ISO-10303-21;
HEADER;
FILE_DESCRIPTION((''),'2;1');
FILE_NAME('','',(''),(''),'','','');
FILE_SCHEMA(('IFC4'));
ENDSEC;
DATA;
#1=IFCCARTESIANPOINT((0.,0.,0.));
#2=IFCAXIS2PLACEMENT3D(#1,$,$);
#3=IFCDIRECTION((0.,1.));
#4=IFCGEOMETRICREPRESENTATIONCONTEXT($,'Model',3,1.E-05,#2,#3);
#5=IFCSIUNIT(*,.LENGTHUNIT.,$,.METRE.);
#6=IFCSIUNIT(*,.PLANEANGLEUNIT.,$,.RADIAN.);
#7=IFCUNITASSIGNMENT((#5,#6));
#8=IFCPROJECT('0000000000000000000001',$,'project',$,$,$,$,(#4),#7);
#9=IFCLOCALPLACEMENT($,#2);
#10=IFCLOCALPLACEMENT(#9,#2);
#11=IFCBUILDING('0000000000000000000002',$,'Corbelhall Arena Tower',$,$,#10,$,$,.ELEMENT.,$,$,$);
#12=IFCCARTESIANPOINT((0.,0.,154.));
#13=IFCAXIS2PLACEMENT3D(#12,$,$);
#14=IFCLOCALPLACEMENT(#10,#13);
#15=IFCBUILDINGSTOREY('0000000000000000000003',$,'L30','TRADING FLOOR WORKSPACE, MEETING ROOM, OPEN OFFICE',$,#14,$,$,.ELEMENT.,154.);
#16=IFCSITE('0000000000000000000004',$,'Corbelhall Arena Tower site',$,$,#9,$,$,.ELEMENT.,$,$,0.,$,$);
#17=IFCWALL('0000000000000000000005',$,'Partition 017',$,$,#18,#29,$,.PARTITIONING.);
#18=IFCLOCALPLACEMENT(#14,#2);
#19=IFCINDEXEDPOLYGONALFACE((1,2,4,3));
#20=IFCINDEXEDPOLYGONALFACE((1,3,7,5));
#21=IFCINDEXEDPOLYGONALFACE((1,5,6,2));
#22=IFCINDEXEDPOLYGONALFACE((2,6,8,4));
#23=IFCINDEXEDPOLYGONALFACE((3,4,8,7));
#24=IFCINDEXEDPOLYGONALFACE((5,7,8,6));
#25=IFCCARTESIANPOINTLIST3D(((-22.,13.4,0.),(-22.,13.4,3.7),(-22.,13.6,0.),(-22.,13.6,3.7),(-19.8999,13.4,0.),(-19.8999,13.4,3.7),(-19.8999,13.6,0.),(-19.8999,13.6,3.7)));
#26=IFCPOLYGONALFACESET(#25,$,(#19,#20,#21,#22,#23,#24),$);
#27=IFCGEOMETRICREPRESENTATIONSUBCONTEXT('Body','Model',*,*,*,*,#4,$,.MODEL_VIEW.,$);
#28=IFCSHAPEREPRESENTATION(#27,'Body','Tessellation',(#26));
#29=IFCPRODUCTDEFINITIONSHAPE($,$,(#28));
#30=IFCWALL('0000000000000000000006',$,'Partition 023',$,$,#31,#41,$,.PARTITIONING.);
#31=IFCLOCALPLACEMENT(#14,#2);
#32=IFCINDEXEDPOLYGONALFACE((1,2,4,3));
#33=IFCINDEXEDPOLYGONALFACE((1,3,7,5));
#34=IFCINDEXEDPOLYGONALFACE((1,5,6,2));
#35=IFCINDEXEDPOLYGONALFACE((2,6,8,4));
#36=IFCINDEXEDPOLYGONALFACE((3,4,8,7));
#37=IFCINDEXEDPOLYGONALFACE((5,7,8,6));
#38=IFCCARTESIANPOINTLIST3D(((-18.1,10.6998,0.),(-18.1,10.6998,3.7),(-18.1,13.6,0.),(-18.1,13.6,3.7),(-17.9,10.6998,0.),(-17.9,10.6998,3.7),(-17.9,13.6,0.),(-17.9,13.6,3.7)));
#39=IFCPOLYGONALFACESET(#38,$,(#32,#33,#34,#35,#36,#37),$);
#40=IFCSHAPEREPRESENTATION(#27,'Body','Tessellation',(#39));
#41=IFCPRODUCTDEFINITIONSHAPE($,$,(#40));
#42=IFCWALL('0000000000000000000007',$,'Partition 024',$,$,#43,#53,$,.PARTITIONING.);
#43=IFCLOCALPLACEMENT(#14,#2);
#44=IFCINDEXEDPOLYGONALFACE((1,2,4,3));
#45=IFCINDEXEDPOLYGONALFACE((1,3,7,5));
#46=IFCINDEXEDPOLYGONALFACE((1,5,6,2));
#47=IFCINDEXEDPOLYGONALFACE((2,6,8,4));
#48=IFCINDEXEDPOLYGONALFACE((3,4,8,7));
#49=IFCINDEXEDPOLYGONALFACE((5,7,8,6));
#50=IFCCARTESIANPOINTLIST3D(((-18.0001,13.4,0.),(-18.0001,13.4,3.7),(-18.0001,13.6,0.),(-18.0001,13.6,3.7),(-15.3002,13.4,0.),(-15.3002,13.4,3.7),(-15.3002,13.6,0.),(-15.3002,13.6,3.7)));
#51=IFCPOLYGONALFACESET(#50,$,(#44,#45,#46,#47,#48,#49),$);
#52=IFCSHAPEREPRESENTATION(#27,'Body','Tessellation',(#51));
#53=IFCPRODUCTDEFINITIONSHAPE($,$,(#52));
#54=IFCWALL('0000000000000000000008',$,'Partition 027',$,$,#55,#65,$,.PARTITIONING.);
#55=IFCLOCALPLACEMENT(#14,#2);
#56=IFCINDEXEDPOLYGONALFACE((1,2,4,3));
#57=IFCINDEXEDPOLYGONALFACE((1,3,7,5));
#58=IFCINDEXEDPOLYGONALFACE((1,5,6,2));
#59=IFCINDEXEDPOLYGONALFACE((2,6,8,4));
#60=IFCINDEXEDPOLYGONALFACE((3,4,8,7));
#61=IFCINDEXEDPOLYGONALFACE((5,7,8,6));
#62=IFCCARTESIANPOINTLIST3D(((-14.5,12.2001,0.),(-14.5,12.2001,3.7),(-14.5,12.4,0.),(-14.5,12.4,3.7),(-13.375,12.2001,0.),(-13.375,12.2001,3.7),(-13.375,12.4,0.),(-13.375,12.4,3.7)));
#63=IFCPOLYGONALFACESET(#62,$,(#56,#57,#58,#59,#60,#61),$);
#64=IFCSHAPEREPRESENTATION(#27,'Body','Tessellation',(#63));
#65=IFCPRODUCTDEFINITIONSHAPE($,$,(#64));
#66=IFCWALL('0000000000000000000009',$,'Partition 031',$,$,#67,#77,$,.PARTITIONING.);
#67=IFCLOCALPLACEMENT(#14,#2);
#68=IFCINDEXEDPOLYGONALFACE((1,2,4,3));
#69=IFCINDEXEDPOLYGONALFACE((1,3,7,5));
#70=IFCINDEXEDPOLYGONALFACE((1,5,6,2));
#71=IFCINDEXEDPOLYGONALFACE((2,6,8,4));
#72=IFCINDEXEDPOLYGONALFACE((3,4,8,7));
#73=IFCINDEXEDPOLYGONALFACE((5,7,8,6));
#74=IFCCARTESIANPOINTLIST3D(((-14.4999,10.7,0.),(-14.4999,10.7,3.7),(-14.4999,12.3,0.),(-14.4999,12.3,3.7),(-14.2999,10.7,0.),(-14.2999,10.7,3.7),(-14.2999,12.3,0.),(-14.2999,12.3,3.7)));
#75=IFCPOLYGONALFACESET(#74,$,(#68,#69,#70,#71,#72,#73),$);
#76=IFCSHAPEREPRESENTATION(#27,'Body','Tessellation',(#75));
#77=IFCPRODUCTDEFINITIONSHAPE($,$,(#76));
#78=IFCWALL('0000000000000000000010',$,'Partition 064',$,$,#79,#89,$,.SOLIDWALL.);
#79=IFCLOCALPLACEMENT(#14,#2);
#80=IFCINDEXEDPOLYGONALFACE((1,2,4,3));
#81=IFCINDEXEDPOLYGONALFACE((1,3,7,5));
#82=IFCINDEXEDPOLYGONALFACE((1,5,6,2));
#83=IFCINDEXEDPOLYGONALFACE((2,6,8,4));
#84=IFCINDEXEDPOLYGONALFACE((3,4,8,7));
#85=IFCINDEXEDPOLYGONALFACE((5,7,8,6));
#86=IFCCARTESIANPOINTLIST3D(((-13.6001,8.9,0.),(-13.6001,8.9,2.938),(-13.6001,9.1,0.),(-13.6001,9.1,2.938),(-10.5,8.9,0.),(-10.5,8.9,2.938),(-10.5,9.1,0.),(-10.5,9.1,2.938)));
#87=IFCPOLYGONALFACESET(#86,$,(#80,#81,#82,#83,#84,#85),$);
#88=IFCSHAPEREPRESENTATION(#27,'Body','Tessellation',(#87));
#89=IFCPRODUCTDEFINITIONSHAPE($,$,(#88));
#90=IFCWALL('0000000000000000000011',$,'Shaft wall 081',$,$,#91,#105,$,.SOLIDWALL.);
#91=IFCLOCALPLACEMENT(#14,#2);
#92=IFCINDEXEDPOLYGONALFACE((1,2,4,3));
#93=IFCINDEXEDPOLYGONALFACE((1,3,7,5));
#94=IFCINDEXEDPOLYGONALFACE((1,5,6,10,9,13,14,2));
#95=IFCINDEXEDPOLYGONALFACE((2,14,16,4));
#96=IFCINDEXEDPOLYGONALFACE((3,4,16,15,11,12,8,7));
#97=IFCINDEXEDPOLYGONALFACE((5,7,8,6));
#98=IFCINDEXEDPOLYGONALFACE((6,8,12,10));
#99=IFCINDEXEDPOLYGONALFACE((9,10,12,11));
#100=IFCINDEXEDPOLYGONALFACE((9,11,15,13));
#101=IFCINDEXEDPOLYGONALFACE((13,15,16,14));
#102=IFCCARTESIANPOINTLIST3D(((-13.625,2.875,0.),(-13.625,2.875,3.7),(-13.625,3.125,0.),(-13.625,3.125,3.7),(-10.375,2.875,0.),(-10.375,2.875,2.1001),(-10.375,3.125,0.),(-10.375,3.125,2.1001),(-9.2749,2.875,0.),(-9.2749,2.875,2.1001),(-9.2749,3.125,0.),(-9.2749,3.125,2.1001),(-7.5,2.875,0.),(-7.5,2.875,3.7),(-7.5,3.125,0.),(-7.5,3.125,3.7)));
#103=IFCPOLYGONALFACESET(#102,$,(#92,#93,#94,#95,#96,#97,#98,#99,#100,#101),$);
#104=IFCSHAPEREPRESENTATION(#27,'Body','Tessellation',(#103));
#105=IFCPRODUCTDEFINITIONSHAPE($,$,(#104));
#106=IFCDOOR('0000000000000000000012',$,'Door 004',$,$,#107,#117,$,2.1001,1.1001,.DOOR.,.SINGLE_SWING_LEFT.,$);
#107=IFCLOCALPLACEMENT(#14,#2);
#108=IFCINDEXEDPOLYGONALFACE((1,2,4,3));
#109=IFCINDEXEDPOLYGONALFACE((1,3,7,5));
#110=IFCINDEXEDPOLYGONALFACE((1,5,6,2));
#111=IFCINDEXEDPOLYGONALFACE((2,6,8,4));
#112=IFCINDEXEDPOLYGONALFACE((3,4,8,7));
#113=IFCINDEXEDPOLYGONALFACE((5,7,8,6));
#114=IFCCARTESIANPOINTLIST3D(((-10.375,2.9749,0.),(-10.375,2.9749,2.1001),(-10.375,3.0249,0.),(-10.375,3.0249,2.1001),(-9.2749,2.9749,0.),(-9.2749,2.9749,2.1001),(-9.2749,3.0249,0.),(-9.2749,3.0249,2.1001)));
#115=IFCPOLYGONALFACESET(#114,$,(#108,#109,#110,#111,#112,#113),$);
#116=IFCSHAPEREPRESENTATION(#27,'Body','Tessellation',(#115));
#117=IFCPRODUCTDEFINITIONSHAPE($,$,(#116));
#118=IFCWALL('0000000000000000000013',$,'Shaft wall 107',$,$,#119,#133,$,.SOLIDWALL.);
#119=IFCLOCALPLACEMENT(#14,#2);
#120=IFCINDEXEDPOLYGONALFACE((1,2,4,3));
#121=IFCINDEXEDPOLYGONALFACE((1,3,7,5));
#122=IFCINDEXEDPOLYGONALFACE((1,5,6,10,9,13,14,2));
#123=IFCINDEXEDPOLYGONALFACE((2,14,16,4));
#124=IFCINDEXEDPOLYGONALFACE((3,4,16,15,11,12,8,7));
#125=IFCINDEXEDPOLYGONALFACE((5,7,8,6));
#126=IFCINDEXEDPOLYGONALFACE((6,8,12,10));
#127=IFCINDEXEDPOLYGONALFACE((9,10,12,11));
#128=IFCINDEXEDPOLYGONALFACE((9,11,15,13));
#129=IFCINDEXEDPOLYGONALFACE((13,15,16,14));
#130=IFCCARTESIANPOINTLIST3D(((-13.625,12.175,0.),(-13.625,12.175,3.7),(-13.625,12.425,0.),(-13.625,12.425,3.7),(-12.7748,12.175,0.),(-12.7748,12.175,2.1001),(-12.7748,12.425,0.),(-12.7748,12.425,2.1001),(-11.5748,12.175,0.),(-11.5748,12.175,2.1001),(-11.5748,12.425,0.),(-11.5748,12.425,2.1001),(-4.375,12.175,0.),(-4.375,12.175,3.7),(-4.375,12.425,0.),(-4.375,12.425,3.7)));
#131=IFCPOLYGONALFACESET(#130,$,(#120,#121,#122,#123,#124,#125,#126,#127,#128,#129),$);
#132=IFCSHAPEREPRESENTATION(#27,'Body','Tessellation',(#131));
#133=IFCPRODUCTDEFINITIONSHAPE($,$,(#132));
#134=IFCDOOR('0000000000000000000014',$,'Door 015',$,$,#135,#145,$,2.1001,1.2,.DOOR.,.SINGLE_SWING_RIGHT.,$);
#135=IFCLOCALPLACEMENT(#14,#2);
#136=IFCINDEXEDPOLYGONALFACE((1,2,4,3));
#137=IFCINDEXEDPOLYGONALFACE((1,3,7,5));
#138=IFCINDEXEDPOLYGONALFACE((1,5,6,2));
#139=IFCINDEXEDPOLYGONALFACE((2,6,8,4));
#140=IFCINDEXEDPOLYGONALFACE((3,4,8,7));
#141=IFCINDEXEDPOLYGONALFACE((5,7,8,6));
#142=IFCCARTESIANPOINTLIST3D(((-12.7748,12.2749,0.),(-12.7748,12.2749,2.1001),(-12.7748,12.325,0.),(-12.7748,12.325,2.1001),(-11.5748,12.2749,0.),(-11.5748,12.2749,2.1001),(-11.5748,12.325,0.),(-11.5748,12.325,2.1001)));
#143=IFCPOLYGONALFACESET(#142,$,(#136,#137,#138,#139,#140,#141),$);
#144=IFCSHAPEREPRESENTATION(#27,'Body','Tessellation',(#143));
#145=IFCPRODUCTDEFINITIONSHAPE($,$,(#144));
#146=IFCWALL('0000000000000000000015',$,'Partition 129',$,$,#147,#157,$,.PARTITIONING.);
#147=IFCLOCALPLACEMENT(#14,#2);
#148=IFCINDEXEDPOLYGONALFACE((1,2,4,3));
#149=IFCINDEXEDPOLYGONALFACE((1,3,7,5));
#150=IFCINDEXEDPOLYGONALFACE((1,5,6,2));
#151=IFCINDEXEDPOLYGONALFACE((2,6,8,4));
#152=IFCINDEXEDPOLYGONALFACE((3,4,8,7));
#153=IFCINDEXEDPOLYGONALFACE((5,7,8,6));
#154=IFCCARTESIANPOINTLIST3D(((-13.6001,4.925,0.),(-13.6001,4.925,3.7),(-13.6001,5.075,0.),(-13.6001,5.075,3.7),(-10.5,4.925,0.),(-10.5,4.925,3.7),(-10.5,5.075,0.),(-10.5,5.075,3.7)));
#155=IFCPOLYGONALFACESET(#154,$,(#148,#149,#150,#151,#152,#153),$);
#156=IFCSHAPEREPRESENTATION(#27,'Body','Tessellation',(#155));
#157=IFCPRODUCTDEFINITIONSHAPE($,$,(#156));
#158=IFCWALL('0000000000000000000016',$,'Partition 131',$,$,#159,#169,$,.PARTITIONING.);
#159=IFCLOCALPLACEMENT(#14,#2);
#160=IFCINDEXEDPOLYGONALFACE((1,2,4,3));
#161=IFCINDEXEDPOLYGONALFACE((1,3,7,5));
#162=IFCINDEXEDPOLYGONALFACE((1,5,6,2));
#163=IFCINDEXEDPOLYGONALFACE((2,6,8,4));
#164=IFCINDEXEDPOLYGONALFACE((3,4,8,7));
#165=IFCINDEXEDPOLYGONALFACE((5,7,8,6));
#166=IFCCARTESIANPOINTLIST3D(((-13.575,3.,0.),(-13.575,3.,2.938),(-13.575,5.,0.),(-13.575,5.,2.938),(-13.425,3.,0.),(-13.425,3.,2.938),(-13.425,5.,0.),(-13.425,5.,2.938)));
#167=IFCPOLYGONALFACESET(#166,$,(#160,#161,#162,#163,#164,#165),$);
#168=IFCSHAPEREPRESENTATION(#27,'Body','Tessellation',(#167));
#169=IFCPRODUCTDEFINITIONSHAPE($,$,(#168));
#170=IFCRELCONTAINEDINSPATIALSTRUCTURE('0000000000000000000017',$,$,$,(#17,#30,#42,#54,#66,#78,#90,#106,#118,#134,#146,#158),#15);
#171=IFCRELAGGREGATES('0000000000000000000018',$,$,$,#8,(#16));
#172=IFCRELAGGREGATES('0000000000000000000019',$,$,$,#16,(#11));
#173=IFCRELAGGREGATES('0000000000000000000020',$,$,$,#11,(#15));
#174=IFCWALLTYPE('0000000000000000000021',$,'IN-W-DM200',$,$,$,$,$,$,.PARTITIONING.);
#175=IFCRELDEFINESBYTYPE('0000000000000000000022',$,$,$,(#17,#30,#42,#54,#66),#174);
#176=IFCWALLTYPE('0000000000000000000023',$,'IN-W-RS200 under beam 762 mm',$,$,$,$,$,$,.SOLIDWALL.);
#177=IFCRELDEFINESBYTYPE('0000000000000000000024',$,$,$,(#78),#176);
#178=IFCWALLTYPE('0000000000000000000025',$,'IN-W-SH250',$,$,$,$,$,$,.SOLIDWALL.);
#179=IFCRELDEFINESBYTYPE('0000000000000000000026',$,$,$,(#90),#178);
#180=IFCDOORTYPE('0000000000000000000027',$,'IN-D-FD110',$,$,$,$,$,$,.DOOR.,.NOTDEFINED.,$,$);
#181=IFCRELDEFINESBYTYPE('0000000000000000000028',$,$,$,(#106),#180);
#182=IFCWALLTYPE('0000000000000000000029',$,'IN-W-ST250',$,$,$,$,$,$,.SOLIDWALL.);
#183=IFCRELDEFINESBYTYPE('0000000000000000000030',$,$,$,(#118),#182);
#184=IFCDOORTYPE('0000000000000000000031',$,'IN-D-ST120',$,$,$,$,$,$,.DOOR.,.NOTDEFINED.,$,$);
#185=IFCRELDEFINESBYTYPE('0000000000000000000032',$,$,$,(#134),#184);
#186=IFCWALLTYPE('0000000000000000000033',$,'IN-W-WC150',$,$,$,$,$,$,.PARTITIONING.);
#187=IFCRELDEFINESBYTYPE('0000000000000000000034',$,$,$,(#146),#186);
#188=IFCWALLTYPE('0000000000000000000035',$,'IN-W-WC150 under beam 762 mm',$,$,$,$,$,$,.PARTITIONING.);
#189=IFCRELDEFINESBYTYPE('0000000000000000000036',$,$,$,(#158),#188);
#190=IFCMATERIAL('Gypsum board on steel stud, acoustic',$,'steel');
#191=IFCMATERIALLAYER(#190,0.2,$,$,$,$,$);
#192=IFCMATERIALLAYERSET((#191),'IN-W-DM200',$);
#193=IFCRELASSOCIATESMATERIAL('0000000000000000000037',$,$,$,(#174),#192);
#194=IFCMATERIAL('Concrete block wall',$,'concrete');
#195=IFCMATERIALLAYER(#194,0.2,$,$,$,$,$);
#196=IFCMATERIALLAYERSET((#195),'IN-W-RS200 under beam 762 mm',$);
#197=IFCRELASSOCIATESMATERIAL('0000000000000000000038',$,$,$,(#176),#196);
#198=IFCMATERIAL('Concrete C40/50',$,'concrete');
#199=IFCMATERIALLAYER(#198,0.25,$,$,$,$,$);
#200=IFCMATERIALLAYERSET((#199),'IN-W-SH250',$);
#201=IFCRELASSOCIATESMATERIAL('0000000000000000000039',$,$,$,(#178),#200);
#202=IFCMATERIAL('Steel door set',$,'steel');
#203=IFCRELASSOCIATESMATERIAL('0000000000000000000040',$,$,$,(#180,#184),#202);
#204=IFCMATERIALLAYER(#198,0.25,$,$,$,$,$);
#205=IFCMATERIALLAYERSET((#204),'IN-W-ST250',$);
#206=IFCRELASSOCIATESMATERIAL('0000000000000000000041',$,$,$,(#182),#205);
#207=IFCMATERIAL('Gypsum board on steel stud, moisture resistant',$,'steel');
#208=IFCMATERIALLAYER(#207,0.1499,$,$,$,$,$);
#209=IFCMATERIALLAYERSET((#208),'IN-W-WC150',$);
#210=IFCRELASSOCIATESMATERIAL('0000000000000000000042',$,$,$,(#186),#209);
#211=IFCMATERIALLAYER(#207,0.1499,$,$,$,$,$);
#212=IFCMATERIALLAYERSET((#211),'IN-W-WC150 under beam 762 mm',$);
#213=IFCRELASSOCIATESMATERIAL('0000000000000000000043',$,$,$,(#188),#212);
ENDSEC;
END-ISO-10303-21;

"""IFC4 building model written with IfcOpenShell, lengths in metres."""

from ifc_helpers import new_model, si_unit, direction, frame, frame_2d, origin, place, context, subcontext, project, spatial, rectangle, extrude, material, layer, layer_set, type_object, element, fill, save


model = new_model("IFC4")

# Units and contexts
model_context = context("Model", 3, precision=1e-05, world=origin(), true_north=direction((0.0, 1.0)))
body_context = subcontext(model_context, "Body", "Model", "MODEL_VIEW")
ifc_project = project(units=[si_unit("LENGTHUNIT", "METRE"), si_unit("PLANEANGLEUNIT", "RADIAN")], contexts=[model_context])

# Site, building, storey
site_placement = place(None, origin())
site = spatial("IfcSite", under=ifc_project, at=site_placement, Name="Corbelhall Arena Tower site", CompositionType="ELEMENT", RefElevation=0.0)
building_placement = place(site_placement, origin())
building = spatial("IfcBuilding", under=site, at=building_placement, Name="Corbelhall Arena Tower", CompositionType="ELEMENT")
storey_placement = place(building_placement, frame((0.0, 0.0, 154.0)))
storey = spatial("IfcBuildingStorey", under=building, at=storey_placement, Name="L30", Description="TRADING FLOOR WORKSPACE, MEETING ROOM, OPEN OFFICE", CompositionType="ELEMENT", Elevation=154.0)

# Shared definitions
ifc_material_1 = material(Name="Gypsum board on steel stud, acoustic", Category="steel")
ifc_layer_1 = layer(ifc_material_1, 0.2)
ifc_layer_set_1 = layer_set([ifc_layer_1], Name="IN-W-DM200")
wall_type_1 = type_object("IfcWallType", Name="IN-W-DM200", PredefinedType="PARTITIONING", material=ifc_layer_set_1)
ifc_material_2 = material(Name="Steel door set", Category="steel")

# Wall
wall_1_placement = place(storey_placement, frame((-19.8999, 13.5, 0.0), z_axis=(0.0, 0.0, 1.0), x_axis=(-1.0, 0.0, 0.0)))
element("IfcWall", 1, at=wall_1_placement, inside=storey, type_object=wall_type_1, Name="Partition 017", PredefinedType="PARTITIONING", context=body_context, shape_type="SweptSolid", body=[
    extrude(rectangle(XDim=2.1001, YDim=0.2, at=frame_2d((1.05, 0.0))), origin(), (0.0, 0.0, 1.0), 3.7),
])

# Walls
wall_2_placement = place(storey_placement, frame((-18.0, 13.6001, 0.0), z_axis=(0.0, 0.0, 1.0), x_axis=(0.0, -1.0, 0.0)))
element("IfcWall", 2, at=wall_2_placement, inside=storey, type_object=wall_type_1, Name="Partition 023", PredefinedType="PARTITIONING", context=body_context, shape_type="SweptSolid", body=[
    extrude(rectangle(XDim=2.9001, YDim=0.2, at=frame_2d((1.4502, 0.0))), origin(), (0.0, 0.0, 1.0), 3.7),
])
wall_3_placement = place(storey_placement, frame((-15.3, 13.5, 0.0), z_axis=(0.0, 0.0, 1.0), x_axis=(-1.0, 0.0, 0.0)))
element("IfcWall", 3, at=wall_3_placement, inside=storey, type_object=wall_type_1, Name="Partition 024", PredefinedType="PARTITIONING", context=body_context, shape_type="SweptSolid", body=[
    extrude(rectangle(XDim=2.7, YDim=0.2, at=frame_2d((1.3501, 0.0))), origin(), (0.0, 0.0, 1.0), 3.7),
])
wall_4_placement = place(storey_placement, frame((-14.5, 12.3, 0.0), z_axis=(0.0, 0.0, 1.0), x_axis=(1.0, 0.0, 0.0)))
element("IfcWall", 4, at=wall_4_placement, inside=storey, type_object=wall_type_1, Name="Partition 027", PredefinedType="PARTITIONING", context=body_context, shape_type="SweptSolid", body=[
    extrude(rectangle(XDim=1.125, YDim=0.2, at=frame_2d((0.5625, 0.0))), origin(), (0.0, 0.0, 1.0), 3.7),
])
wall_5_placement = place(storey_placement, frame((-14.3999, 10.7, 0.0), z_axis=(0.0, 0.0, 1.0), x_axis=(0.0, 1.0, 0.0)))
element("IfcWall", 5, at=wall_5_placement, inside=storey, type_object=wall_type_1, Name="Partition 031", PredefinedType="PARTITIONING", context=body_context, shape_type="SweptSolid", body=[
    extrude(rectangle(XDim=1.6001, YDim=0.2, at=frame_2d((0.8, 0.0))), origin(), (0.0, 0.0, 1.0), 3.7),
])
ifc_material_3 = material(Name="Concrete block wall", Category="concrete")
ifc_layer_2 = layer(ifc_material_3, 0.2)
ifc_layer_set_2 = layer_set([ifc_layer_2], Name="IN-W-RS200 under beam 762 mm")
wall_type_2 = type_object("IfcWallType", Name="IN-W-RS200 under beam 762 mm", PredefinedType="SOLIDWALL", material=ifc_layer_set_2)
wall_6_placement = place(storey_placement, frame((-13.6001, 9.0, 0.0), z_axis=(0.0, 0.0, 1.0), x_axis=(1.0, 0.0, 0.0)))
element("IfcWall", 6, at=wall_6_placement, inside=storey, type_object=wall_type_2, Name="Partition 064", PredefinedType="SOLIDWALL", context=body_context, shape_type="SweptSolid", body=[
    extrude(rectangle(XDim=3.1001, YDim=0.2, at=frame_2d((1.55, 0.0))), origin(), (0.0, 0.0, 1.0), 2.938),
])

# Walls, openings, doors
ifc_material_4 = material(Name="Concrete C40/50", Category="concrete")
ifc_layer_3 = layer(ifc_material_4, 0.25)
ifc_layer_set_3 = layer_set([ifc_layer_3], Name="IN-W-SH250")
wall_type_3 = type_object("IfcWallType", Name="IN-W-SH250", PredefinedType="SOLIDWALL", material=ifc_layer_set_3)
wall_7_placement = place(storey_placement, frame((-13.625, 3.0, 0.0), z_axis=(0.0, 0.0, 1.0), x_axis=(1.0, 0.0, 0.0)))
wall_7 = element("IfcWall", 7, at=wall_7_placement, inside=storey, type_object=wall_type_3, Name="Shaft wall 081", PredefinedType="SOLIDWALL", context=body_context, shape_type="SweptSolid", body=[
    extrude(rectangle(XDim=6.125, YDim=0.25, at=frame_2d((3.0625, 0.0))), origin(), (0.0, 0.0, 1.0), 3.7),
])
opening_1_placement = place(wall_7_placement, frame((3.25, 0.0, 0.0)))
opening_1 = element("IfcOpeningElement", 8, at=opening_1_placement, cuts=wall_7, PredefinedType="OPENING", context=body_context, shape_type="SweptSolid", body=[
    extrude(rectangle(XDim=1.1001, YDim=2.1001, at=frame_2d((0.55, 1.05))), frame((0.0, 0.125, 0.0), z_axis=(0.0, -1.0, 0.0), x_axis=(1.0, 0.0, 0.0)), (0.0, 0.0, 1.0), 0.25),
])
door_type_1 = type_object("IfcDoorType", Name="IN-D-FD110", OperationType="NOTDEFINED", PredefinedType="DOOR", material=ifc_material_2)
door_1_placement = place(opening_1_placement, origin())
door_1 = element("IfcDoor", 9, at=door_1_placement, inside=storey, type_object=door_type_1, Name="Door 004", OperationType="SINGLE_SWING_LEFT", OverallHeight=2.1001, OverallWidth=1.1001, PredefinedType="DOOR", context=body_context, shape_type="SweptSolid", body=[
    extrude(rectangle(XDim=1.1001, YDim=2.1001, at=frame_2d((0.55, 1.05))), frame((0.0, 0.0249, 0.0), z_axis=(0.0, -1.0, 0.0), x_axis=(1.0, 0.0, 0.0)), (0.0, 0.0, 1.0), 0.05),
])
fill(opening_1, door_1)
ifc_layer_4 = layer(ifc_material_4, 0.25)
ifc_layer_set_4 = layer_set([ifc_layer_4], Name="IN-W-ST250")
wall_type_4 = type_object("IfcWallType", Name="IN-W-ST250", PredefinedType="SOLIDWALL", material=ifc_layer_set_4)
wall_8_placement = place(storey_placement, frame((-13.625, 12.3, 0.0), z_axis=(0.0, 0.0, 1.0), x_axis=(1.0, 0.0, 0.0)))
wall_8 = element("IfcWall", 10, at=wall_8_placement, inside=storey, type_object=wall_type_4, Name="Shaft wall 107", PredefinedType="SOLIDWALL", context=body_context, shape_type="SweptSolid", body=[
    extrude(rectangle(XDim=9.25, YDim=0.25, at=frame_2d((4.625, 0.0))), origin(), (0.0, 0.0, 1.0), 3.7),
])
opening_2_placement = place(wall_8_placement, frame((0.8501, 0.0, 0.0)))
opening_2 = element("IfcOpeningElement", 11, at=opening_2_placement, cuts=wall_8, PredefinedType="OPENING", context=body_context, shape_type="SweptSolid", body=[
    extrude(rectangle(XDim=1.2, YDim=2.1001, at=frame_2d((0.6001, 1.05))), frame((0.0, 0.125, 0.0), z_axis=(0.0, -1.0, 0.0), x_axis=(1.0, 0.0, 0.0)), (0.0, 0.0, 1.0), 0.25),
])
door_type_2 = type_object("IfcDoorType", Name="IN-D-ST120", OperationType="NOTDEFINED", PredefinedType="DOOR", material=ifc_material_2)
door_2_placement = place(opening_2_placement, origin())
door_2 = element("IfcDoor", 12, at=door_2_placement, inside=storey, type_object=door_type_2, Name="Door 015", OperationType="SINGLE_SWING_RIGHT", OverallHeight=2.1001, OverallWidth=1.2, PredefinedType="DOOR", context=body_context, shape_type="SweptSolid", body=[
    extrude(rectangle(XDim=1.2, YDim=2.1001, at=frame_2d((0.6001, 1.05))), frame((0.0, 0.0249, 0.0), z_axis=(0.0, -1.0, 0.0), x_axis=(1.0, 0.0, 0.0)), (0.0, 0.0, 1.0), 0.05),
])
fill(opening_2, door_2)

# Walls
ifc_material_5 = material(Name="Gypsum board on steel stud, moisture resistant", Category="steel")
ifc_layer_5 = layer(ifc_material_5, 0.1499)
ifc_layer_set_5 = layer_set([ifc_layer_5], Name="IN-W-WC150")
wall_type_5 = type_object("IfcWallType", Name="IN-W-WC150", PredefinedType="PARTITIONING", material=ifc_layer_set_5)
wall_9_placement = place(storey_placement, frame((-13.6001, 5.0, 0.0), z_axis=(0.0, 0.0, 1.0), x_axis=(1.0, 0.0, 0.0)))
element("IfcWall", 13, at=wall_9_placement, inside=storey, type_object=wall_type_5, Name="Partition 129", PredefinedType="PARTITIONING", context=body_context, shape_type="SweptSolid", body=[
    extrude(rectangle(XDim=3.1001, YDim=0.1499, at=frame_2d((1.55, 0.0))), origin(), (0.0, 0.0, 1.0), 3.7),
])
ifc_layer_6 = layer(ifc_material_5, 0.1499)
ifc_layer_set_6 = layer_set([ifc_layer_6], Name="IN-W-WC150 under beam 762 mm")
wall_type_6 = type_object("IfcWallType", Name="IN-W-WC150 under beam 762 mm", PredefinedType="PARTITIONING", material=ifc_layer_set_6)
wall_10_placement = place(storey_placement, frame((-13.5, 3.0, 0.0), z_axis=(0.0, 0.0, 1.0), x_axis=(0.0, 1.0, 0.0)))
element("IfcWall", 14, at=wall_10_placement, inside=storey, type_object=wall_type_6, Name="Partition 131", PredefinedType="PARTITIONING", context=body_context, shape_type="SweptSolid", body=[
    extrude(rectangle(XDim=2.0, YDim=0.1499, at=frame_2d((1.0, 0.0))), origin(), (0.0, 0.0, 1.0), 2.938),
])

save(model, "model.ifc")
